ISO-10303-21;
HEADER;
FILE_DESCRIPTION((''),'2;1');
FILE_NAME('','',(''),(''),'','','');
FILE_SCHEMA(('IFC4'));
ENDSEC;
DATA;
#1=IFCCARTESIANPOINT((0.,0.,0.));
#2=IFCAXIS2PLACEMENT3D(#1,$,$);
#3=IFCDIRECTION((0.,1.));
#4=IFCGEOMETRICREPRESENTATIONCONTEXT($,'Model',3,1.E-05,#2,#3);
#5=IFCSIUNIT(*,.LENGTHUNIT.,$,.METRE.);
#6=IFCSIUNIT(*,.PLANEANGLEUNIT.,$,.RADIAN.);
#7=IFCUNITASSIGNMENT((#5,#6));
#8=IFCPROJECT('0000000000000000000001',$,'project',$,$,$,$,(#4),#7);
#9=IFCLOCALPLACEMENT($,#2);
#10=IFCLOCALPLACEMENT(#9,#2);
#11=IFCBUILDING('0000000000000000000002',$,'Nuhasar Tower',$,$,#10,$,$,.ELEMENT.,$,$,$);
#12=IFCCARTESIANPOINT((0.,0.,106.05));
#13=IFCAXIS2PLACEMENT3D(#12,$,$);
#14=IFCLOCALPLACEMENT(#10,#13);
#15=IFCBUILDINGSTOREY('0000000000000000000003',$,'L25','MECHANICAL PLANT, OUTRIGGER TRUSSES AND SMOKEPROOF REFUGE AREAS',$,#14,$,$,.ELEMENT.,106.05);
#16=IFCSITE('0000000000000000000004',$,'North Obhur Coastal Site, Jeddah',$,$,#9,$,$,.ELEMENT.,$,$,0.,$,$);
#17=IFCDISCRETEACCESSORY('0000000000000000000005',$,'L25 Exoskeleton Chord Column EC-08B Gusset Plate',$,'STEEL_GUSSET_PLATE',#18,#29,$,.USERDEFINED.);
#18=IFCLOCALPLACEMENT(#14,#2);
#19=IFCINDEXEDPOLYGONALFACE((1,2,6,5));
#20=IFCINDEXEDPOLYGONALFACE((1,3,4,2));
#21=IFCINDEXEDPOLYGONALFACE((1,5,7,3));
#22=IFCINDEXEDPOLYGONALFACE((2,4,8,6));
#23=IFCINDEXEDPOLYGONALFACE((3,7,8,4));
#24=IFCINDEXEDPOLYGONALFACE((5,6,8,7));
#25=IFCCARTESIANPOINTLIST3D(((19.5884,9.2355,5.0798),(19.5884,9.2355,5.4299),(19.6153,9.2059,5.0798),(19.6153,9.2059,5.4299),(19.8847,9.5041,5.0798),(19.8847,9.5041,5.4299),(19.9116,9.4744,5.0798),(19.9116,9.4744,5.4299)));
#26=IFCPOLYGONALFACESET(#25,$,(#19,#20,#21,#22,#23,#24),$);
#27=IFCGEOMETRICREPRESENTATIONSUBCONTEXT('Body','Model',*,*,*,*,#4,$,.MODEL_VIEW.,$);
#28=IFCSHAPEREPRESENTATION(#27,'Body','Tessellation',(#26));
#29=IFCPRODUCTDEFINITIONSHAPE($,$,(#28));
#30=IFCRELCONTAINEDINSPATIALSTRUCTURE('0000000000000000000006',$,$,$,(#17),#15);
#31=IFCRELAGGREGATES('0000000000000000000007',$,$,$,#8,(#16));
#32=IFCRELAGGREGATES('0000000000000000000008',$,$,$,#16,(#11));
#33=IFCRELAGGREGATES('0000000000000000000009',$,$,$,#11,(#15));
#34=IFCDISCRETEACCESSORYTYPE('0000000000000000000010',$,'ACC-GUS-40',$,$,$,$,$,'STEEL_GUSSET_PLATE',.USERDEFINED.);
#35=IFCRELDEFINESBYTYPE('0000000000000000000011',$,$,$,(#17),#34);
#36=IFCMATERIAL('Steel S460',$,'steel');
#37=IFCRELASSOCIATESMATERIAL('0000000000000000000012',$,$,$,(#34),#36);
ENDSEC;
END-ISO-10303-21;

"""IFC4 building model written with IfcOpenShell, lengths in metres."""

from ifc_helpers import new_model, si_unit, direction, frame, origin, origin_2d, place, context, subcontext, project, spatial, rectangle, extrude, material, type_object, element, save


model = new_model("IFC4")

# Units and contexts
model_context = context("Model", 3, precision=1e-05, world=origin(), true_north=direction((0.0, 1.0)))
body_context = subcontext(model_context, "Body", "Model", "MODEL_VIEW")
ifc_project = project(units=[si_unit("LENGTHUNIT", "METRE"), si_unit("PLANEANGLEUNIT", "RADIAN")], contexts=[model_context])

# Site, building, storey
site_placement = place(None, origin())
site = spatial("IfcSite", under=ifc_project, at=site_placement, Name="North Obhur Coastal Site, Jeddah", CompositionType="ELEMENT", RefElevation=0.0)
building_placement = place(site_placement, origin())
building = spatial("IfcBuilding", under=site, at=building_placement, Name="Nuhasar Tower", CompositionType="ELEMENT")
storey_placement = place(building_placement, frame((0.0, 0.0, 106.05)))
storey = spatial("IfcBuildingStorey", under=building, at=storey_placement, Name="L25", Description="MECHANICAL PLANT, OUTRIGGER TRUSSES AND SMOKEPROOF REFUGE AREAS", CompositionType="ELEMENT", Elevation=106.05)

# Shared definitions
ifc_material_1 = material(Name="Steel S460", Category="steel")

# Discrete accessory
discrete_accessory_type = type_object("IfcDiscreteAccessoryType", Name="ACC-GUS-40", ElementType="STEEL_GUSSET_PLATE", PredefinedType="USERDEFINED", material=ifc_material_1)
for number, where, z_axis, x_axis, name in (
    (1, (19.75, 9.355, 5.0798), (0.0, 0.0, 1.0), (-0.741004, -0.671501, 0.0), "L25 Exoskeleton Chord Column EC-08B Gusset Plate"),
):
    element("IfcDiscreteAccessory", number, at=place(storey_placement, frame(where, z_axis=z_axis, x_axis=x_axis)), inside=storey, type_object=discrete_accessory_type, Name=name, ObjectType="STEEL_GUSSET_PLATE", PredefinedType="USERDEFINED", context=body_context, shape_type="SweptSolid", body=[
        extrude(rectangle(XDim=0.3999, YDim=0.04, at=origin_2d()), origin(), (0.0, 0.0, 1.0), 0.3501),
    ])

save(model, "model.ifc")
